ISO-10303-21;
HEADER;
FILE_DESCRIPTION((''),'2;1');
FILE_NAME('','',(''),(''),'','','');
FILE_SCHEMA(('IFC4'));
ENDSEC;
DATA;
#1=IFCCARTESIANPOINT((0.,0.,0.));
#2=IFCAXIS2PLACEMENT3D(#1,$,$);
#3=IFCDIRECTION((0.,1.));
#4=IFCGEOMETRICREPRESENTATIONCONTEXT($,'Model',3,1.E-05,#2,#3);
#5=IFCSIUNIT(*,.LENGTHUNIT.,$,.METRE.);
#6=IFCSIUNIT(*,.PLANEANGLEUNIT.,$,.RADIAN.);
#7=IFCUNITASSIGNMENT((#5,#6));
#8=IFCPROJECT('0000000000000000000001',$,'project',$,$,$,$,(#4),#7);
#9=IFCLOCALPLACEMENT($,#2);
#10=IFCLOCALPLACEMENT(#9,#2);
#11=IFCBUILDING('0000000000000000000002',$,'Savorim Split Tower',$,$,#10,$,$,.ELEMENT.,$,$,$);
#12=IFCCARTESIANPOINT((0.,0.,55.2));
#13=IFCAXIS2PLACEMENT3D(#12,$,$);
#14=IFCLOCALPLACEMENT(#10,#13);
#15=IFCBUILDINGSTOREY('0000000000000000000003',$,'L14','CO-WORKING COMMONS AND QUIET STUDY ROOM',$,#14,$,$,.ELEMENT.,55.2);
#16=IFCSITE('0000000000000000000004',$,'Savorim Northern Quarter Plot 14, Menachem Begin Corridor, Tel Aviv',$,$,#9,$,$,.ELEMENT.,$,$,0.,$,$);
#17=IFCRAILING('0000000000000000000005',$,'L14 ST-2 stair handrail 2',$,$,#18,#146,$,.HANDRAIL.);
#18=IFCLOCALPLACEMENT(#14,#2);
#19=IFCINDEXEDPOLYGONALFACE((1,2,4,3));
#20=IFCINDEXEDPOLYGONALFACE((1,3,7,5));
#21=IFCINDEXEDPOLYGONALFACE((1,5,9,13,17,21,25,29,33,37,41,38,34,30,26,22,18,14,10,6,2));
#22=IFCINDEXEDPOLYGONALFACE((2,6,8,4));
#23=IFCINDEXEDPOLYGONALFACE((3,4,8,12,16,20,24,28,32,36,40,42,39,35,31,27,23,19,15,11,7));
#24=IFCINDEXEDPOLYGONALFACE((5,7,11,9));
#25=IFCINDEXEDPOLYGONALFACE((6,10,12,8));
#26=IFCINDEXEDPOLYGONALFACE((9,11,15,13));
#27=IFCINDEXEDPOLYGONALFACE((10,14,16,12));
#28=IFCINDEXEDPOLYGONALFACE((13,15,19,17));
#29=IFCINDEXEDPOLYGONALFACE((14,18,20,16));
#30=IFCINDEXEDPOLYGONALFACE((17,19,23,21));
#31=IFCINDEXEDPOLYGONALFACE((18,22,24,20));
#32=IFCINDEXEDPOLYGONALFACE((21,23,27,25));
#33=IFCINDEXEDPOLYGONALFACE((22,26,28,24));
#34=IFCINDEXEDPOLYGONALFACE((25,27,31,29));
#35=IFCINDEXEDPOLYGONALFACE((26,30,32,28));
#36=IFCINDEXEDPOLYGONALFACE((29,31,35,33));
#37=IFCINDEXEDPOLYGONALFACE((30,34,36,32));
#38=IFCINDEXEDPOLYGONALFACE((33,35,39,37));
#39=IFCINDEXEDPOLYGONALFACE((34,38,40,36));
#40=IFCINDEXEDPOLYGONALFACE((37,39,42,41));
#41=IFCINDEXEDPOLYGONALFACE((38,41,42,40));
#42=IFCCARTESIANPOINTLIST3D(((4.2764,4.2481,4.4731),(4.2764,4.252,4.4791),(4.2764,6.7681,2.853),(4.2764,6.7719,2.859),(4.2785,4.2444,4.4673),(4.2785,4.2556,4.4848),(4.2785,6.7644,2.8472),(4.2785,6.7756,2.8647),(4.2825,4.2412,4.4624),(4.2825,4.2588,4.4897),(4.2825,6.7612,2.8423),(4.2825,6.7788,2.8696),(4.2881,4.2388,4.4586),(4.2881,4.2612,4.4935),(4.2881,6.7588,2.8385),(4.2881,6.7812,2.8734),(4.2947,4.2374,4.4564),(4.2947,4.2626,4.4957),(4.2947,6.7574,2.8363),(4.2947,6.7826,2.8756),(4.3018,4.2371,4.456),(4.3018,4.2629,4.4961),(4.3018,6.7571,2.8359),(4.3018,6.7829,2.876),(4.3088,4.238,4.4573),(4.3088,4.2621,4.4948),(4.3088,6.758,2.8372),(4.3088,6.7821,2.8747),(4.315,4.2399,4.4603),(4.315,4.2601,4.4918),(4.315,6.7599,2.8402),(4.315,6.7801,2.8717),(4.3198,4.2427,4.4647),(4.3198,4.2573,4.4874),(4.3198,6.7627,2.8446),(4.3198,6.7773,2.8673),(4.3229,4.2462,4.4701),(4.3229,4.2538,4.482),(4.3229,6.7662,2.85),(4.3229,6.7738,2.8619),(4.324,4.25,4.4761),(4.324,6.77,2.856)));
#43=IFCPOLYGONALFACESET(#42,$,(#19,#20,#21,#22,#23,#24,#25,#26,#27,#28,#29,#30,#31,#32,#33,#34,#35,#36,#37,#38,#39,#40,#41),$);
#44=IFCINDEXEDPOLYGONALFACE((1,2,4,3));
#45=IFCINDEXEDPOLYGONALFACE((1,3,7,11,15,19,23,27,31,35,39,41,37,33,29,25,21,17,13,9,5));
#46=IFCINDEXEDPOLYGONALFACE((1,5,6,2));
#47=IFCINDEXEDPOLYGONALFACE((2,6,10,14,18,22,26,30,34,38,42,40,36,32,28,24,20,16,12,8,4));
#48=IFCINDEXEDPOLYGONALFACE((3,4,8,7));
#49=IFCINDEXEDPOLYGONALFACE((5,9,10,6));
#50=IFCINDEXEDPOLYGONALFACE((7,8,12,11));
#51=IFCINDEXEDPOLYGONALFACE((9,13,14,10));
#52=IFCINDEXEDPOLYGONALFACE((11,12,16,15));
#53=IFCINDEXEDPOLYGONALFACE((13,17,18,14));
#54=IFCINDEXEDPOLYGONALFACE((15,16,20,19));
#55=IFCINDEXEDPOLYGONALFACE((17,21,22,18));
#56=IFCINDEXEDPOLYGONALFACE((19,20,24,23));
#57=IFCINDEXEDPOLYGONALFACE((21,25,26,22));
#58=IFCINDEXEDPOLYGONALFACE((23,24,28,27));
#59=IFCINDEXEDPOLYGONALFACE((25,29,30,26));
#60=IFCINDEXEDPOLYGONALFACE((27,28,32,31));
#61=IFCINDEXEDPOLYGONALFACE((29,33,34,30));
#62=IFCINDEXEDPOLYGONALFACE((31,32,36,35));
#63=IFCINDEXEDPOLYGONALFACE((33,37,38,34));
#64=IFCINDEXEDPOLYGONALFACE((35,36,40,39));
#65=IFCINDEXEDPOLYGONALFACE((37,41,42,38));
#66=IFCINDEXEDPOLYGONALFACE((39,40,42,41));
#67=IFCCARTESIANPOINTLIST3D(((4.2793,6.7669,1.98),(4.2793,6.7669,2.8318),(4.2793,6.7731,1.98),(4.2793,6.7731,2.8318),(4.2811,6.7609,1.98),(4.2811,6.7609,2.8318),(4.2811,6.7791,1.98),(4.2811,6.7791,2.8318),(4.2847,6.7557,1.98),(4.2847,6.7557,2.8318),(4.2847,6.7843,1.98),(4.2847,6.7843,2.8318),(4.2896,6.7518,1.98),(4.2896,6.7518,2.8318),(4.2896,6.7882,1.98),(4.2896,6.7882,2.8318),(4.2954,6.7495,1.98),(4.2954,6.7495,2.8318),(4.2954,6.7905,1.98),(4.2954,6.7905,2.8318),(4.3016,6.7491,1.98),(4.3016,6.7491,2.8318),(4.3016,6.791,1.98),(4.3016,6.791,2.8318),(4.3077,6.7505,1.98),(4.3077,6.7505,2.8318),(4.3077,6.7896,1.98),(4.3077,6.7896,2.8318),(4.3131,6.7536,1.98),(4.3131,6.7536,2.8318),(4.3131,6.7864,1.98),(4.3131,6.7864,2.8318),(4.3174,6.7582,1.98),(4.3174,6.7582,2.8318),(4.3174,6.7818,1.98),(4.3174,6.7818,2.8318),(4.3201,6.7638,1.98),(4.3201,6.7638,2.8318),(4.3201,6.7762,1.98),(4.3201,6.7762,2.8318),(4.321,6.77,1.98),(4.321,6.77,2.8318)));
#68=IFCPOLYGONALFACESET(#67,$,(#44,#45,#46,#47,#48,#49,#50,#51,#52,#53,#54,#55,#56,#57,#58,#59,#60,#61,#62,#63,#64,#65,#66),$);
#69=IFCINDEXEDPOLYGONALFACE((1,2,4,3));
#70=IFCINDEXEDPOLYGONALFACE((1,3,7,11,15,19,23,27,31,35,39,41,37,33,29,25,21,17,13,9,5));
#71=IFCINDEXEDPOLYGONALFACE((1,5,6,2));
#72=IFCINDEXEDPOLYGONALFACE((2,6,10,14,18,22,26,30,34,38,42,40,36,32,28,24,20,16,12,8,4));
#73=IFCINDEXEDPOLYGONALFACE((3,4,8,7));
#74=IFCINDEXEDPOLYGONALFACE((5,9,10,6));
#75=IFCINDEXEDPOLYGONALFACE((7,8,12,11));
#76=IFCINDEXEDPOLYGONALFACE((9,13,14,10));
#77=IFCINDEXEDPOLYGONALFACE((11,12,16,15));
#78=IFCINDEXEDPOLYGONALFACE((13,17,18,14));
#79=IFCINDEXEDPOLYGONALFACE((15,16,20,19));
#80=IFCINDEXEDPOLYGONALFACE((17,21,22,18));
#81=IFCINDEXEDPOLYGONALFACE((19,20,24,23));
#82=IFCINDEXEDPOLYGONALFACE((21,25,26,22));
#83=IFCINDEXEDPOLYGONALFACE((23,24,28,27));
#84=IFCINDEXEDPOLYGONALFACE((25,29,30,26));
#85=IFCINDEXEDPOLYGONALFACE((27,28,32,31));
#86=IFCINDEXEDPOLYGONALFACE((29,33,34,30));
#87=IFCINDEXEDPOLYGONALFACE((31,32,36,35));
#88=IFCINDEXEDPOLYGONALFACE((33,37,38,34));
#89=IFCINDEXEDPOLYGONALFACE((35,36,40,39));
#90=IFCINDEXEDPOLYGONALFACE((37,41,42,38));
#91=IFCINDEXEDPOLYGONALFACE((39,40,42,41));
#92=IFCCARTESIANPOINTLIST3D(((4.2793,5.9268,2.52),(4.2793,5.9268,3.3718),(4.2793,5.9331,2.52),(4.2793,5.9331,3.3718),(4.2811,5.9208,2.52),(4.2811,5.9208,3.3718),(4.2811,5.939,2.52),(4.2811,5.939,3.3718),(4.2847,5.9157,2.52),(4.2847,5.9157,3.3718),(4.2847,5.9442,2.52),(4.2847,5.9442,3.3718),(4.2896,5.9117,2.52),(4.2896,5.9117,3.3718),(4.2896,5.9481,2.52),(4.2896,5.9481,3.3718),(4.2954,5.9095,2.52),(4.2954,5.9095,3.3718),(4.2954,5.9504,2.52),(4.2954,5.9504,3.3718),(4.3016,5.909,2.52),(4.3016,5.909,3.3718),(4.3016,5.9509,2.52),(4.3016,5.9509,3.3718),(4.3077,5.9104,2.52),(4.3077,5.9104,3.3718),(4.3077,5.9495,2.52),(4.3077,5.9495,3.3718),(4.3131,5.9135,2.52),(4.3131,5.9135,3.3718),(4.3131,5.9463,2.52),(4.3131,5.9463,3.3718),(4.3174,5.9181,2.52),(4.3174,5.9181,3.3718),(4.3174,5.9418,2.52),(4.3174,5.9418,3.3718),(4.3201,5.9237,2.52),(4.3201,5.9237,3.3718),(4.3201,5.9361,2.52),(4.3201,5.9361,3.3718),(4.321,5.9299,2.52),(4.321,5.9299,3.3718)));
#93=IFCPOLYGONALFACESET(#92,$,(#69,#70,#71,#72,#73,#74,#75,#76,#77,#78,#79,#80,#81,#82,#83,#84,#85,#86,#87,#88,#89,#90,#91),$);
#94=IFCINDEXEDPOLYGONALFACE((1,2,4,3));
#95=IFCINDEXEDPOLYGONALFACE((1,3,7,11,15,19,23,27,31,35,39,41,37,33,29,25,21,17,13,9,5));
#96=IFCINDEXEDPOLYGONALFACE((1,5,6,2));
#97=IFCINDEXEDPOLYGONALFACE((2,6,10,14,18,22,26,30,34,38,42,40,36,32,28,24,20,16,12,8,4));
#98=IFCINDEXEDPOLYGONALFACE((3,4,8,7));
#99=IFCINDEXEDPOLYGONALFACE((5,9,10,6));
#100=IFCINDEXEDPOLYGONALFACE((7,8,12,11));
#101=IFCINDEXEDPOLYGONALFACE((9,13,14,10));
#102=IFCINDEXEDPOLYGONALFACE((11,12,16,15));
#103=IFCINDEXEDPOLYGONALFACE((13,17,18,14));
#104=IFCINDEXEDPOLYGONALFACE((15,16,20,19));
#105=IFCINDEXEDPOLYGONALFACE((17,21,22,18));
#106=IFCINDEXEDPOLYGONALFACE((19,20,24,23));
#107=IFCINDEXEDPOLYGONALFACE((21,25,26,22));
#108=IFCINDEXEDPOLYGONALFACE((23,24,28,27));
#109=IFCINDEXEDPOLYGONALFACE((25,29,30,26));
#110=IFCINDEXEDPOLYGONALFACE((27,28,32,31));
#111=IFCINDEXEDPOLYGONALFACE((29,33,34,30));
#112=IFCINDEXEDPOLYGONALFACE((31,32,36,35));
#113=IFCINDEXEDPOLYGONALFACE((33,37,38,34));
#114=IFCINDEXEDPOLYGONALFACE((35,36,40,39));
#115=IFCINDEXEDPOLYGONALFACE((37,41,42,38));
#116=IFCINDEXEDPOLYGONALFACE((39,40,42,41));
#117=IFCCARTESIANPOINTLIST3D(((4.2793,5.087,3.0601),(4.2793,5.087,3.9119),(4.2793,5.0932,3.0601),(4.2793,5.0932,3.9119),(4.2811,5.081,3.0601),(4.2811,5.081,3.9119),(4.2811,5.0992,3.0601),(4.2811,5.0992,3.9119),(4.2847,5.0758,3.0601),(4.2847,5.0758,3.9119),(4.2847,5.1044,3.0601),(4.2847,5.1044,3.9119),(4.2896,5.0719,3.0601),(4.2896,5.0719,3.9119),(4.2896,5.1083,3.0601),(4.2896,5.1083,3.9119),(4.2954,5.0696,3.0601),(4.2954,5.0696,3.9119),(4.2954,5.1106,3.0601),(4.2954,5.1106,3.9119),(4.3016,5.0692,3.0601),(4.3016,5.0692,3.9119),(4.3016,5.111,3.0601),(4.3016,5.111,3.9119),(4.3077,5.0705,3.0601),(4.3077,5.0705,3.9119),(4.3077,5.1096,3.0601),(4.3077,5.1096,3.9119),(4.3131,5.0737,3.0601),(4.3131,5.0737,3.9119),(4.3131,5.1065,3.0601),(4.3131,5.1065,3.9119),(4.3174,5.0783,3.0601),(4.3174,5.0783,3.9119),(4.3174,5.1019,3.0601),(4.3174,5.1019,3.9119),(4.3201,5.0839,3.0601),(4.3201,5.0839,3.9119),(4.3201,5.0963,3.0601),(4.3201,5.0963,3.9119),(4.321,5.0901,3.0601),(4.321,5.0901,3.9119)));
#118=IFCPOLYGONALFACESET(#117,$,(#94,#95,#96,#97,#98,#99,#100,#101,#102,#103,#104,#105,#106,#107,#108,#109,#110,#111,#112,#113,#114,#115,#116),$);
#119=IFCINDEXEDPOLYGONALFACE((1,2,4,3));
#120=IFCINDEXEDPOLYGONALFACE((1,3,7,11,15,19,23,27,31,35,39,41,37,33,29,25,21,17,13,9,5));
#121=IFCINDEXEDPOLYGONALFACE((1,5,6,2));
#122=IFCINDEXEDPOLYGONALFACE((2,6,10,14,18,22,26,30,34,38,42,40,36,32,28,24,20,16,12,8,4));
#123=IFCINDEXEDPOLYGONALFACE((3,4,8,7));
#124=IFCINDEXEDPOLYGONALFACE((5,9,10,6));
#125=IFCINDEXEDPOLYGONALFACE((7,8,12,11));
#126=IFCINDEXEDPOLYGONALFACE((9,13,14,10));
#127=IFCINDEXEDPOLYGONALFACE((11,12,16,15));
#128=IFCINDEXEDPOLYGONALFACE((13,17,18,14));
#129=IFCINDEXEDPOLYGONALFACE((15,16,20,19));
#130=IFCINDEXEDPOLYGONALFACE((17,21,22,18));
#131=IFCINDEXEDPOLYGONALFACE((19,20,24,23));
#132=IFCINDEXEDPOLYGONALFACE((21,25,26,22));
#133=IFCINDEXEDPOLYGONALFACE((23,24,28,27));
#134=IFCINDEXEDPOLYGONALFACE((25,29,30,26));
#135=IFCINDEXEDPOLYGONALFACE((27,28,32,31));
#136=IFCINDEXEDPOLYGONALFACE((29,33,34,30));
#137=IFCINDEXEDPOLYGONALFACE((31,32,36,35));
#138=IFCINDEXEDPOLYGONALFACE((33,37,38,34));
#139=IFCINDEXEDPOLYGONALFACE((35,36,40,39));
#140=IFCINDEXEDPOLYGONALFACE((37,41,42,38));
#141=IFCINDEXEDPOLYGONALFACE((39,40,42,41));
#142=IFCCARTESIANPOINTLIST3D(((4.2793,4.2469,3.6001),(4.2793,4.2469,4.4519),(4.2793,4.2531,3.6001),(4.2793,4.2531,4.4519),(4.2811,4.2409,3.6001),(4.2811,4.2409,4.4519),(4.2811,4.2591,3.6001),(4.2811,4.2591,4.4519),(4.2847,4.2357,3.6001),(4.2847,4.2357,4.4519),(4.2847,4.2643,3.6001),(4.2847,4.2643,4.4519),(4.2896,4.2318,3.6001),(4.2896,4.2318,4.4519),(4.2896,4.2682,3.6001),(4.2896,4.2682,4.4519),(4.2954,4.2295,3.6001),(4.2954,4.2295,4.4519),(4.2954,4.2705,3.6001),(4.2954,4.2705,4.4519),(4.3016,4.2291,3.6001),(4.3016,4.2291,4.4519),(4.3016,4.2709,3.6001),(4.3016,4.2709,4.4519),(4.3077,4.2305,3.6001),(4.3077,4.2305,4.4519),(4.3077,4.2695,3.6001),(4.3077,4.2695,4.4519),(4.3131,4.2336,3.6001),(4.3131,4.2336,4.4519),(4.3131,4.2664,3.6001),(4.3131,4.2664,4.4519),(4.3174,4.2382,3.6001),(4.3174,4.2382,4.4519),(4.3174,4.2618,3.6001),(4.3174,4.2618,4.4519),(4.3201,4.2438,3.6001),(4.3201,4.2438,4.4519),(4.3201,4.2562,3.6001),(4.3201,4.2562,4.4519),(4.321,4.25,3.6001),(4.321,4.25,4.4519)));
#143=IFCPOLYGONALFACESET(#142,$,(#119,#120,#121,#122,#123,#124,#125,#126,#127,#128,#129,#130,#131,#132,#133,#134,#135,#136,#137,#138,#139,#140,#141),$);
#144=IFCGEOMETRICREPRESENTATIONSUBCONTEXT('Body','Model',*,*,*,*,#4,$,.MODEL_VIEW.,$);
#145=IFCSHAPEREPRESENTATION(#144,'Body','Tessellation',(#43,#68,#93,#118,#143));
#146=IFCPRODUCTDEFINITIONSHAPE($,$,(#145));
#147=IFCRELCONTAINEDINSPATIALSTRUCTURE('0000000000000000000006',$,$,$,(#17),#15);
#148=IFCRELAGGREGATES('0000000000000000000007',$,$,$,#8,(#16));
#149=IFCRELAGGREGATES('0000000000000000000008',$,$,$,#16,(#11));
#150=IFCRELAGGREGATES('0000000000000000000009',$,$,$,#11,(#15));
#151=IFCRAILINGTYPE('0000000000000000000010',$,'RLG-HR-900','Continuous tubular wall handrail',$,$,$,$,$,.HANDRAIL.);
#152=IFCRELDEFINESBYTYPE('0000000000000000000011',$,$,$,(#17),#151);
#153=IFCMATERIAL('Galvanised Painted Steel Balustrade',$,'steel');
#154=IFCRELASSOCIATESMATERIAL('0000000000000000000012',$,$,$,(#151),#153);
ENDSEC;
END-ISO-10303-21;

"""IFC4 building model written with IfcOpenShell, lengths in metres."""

from ifc_helpers import new_model, si_unit, direction, frame, origin, origin_2d, place, context, subcontext, project, spatial, circle, extrude, material, type_object, element, save


model = new_model("IFC4")

# Units and contexts
model_context = context("Model", 3, precision=1e-05, world=origin(), true_north=direction((0.0, 1.0)))
body_context = subcontext(model_context, "Body", "Model", "MODEL_VIEW")
ifc_project = project(units=[si_unit("LENGTHUNIT", "METRE"), si_unit("PLANEANGLEUNIT", "RADIAN")], contexts=[model_context])

# Site, building, storey
site_placement = place(None, origin())
site = spatial("IfcSite", under=ifc_project, at=site_placement, Name="Savorim Northern Quarter Plot 14, Menachem Begin Corridor, Tel Aviv", CompositionType="ELEMENT", RefElevation=0.0)
building_placement = place(site_placement, origin())
building = spatial("IfcBuilding", under=site, at=building_placement, Name="Savorim Split Tower", CompositionType="ELEMENT")
storey_placement = place(building_placement, frame((0.0, 0.0, 55.2)))
storey = spatial("IfcBuildingStorey", under=building, at=storey_placement, Name="L14", Description="CO-WORKING COMMONS AND QUIET STUDY ROOM", CompositionType="ELEMENT", Elevation=55.2)

# Railing
ifc_material_1 = material(Name="Galvanised Painted Steel Balustrade", Category="steel")
railing_type_1 = type_object("IfcRailingType", Name="RLG-HR-900", Description="Continuous tubular wall handrail", PredefinedType="HANDRAIL", material=ifc_material_1)
railing_1_placement = place(storey_placement, frame((4.3, 6.77, 1.98)))
element("IfcRailing", 1, at=railing_1_placement, inside=storey, type_object=railing_type_1, Name="L14 ST-2 stair handrail 2", PredefinedType="HANDRAIL", context=body_context, shape_type="SweptSolid", body=[
    extrude(circle(Radius=0.0239, at=origin_2d()), frame((0.0, 0.0, 0.876), z_axis=(0.0, -0.841163, 0.540782), x_axis=(1.0, 0.0, 0.0)), (0.0, 0.0, 1.0), 2.9958),
    extrude(circle(Radius=0.021, at=origin_2d()), origin(), (0.0, 0.0, 1.0), 0.8518),
    extrude(circle(Radius=0.021, at=origin_2d()), frame((0.0, -0.8401, 0.54)), (0.0, 0.0, 1.0), 0.8518),
    extrude(circle(Radius=0.021, at=origin_2d()), frame((0.0, -1.6799, 1.0801)), (0.0, 0.0, 1.0), 0.8518),
    extrude(circle(Radius=0.021, at=origin_2d()), frame((0.0, -2.52, 1.6201)), (0.0, 0.0, 1.0), 0.8518),
])

save(model, "model.ifc")
